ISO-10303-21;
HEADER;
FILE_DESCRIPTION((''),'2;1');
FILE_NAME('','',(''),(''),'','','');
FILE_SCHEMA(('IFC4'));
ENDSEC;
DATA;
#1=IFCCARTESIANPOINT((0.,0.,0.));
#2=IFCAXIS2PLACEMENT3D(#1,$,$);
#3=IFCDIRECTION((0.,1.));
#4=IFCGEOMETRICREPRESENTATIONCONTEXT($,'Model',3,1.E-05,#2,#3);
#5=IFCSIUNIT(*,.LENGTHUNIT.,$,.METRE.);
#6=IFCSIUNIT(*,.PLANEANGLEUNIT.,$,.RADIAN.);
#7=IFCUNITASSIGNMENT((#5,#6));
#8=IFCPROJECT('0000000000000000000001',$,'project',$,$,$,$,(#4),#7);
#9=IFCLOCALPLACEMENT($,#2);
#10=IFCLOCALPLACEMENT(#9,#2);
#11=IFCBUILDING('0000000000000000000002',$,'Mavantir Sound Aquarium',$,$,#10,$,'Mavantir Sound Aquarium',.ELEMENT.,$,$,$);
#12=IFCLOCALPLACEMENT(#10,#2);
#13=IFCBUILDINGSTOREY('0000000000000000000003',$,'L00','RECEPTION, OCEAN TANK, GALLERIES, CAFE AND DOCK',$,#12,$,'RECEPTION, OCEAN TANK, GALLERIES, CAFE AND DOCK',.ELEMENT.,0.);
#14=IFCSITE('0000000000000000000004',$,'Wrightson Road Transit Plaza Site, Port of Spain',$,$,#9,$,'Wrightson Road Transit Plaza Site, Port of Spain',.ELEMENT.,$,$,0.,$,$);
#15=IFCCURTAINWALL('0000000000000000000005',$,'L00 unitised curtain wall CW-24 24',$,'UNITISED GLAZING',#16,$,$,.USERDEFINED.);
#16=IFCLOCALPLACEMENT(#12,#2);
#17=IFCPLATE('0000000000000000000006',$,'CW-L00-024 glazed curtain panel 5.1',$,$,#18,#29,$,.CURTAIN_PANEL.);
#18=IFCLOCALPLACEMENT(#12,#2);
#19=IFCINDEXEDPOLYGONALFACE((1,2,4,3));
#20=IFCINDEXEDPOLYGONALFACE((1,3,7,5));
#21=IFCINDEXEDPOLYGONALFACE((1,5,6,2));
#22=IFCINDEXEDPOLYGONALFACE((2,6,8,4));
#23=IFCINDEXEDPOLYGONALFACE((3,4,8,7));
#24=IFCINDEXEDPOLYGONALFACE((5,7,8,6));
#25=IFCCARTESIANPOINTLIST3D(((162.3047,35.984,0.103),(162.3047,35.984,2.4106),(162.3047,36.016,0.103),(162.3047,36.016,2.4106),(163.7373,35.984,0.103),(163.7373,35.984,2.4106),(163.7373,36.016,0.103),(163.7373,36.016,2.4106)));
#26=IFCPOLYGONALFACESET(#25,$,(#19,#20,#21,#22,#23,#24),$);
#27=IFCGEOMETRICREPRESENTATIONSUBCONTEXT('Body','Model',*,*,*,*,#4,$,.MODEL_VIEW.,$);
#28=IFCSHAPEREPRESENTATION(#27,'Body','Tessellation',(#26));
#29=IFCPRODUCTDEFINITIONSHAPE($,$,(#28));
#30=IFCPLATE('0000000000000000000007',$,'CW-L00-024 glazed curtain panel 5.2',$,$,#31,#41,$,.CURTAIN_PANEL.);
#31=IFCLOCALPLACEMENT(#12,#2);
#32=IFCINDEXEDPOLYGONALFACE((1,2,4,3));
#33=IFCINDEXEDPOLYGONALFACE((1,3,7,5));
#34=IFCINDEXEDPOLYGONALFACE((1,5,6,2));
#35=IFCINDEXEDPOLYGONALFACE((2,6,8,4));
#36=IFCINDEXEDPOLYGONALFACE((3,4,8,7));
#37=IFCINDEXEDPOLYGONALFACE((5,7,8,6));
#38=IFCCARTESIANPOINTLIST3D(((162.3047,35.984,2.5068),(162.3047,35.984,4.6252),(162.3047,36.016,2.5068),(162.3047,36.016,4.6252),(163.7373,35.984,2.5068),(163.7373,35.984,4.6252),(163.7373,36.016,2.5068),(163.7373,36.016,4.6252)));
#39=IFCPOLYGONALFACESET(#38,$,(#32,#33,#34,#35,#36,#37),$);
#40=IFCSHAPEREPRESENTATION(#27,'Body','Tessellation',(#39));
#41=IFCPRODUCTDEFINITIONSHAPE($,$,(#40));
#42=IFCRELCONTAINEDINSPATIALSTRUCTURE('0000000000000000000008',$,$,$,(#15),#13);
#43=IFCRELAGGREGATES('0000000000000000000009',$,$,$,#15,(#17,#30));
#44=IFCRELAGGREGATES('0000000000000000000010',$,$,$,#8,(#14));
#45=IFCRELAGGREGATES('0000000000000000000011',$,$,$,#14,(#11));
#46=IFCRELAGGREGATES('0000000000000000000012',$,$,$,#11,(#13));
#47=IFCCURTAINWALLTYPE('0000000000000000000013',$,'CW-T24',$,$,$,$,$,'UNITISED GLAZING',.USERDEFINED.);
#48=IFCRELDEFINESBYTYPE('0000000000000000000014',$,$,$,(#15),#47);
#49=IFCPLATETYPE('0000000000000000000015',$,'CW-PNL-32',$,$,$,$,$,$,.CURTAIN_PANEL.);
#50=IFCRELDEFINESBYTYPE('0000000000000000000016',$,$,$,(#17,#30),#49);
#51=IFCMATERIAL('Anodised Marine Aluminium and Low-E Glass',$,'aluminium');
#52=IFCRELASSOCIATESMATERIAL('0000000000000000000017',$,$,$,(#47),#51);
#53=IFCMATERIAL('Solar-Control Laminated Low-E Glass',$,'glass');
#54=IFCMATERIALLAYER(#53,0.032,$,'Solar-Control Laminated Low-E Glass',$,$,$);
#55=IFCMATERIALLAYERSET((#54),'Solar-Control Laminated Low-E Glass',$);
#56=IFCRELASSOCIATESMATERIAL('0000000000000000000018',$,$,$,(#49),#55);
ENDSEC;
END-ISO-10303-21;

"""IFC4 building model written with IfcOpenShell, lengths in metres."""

from ifc_helpers import new_model, si_unit, direction, frame, origin, origin_2d, place, context, subcontext, project, spatial, rectangle, extrude, material, layer, layer_set, type_object, element, aggregate, save


model = new_model("IFC4")

# Units and contexts
model_context = context("Model", 3, precision=1e-05, world=origin(), true_north=direction((0.0, 1.0)))
body_context = subcontext(model_context, "Body", "Model", "MODEL_VIEW")
ifc_project = project(units=[si_unit("LENGTHUNIT", "METRE"), si_unit("PLANEANGLEUNIT", "RADIAN")], contexts=[model_context])

# Site, building, storey
site_placement = place(None, origin())
site = spatial("IfcSite", under=ifc_project, at=site_placement, Name="Wrightson Road Transit Plaza Site, Port of Spain", LongName="Wrightson Road Transit Plaza Site, Port of Spain", CompositionType="ELEMENT", RefElevation=0.0)
building_placement = place(site_placement, origin())
building = spatial("IfcBuilding", under=site, at=building_placement, Name="Mavantir Sound Aquarium", LongName="Mavantir Sound Aquarium", CompositionType="ELEMENT")
storey_placement = place(building_placement, origin())
storey = spatial("IfcBuildingStorey", under=building, at=storey_placement, Name="L00", Description="RECEPTION, OCEAN TANK, GALLERIES, CAFE AND DOCK", LongName="RECEPTION, OCEAN TANK, GALLERIES, CAFE AND DOCK", CompositionType="ELEMENT", Elevation=0.0)

# Curtain wall, plates
ifc_material_1 = material(Name="Anodised Marine Aluminium and Low-E Glass", Category="aluminium")
curtain_wall_type = type_object("IfcCurtainWallType", Name="CW-T24", ElementType="UNITISED GLAZING", PredefinedType="USERDEFINED", material=ifc_material_1)
curtain_wall_placement = place(storey_placement, origin())
curtain_wall = element("IfcCurtainWall", 1, at=curtain_wall_placement, inside=storey, type_object=curtain_wall_type, Name="L00 unitised curtain wall CW-24 24", ObjectType="UNITISED GLAZING", PredefinedType="USERDEFINED")
ifc_material_2 = material(Name="Solar-Control Laminated Low-E Glass", Category="glass")
ifc_layer = layer(ifc_material_2, 0.032, Name="Solar-Control Laminated Low-E Glass")
ifc_layer_set = layer_set([ifc_layer], Name="Solar-Control Laminated Low-E Glass")
plate_type = type_object("IfcPlateType", Name="CW-PNL-32", PredefinedType="CURTAIN_PANEL", material=ifc_layer_set)
plate_1_placement = place(storey_placement, frame((163.021, 36.0, 0.103), z_axis=(0.0, 0.0, 1.0), x_axis=(1.0, 0.0, 0.0)))
plate_1 = element("IfcPlate", 2, at=plate_1_placement, type_object=plate_type, Name="CW-L00-024 glazed curtain panel 5.1", PredefinedType="CURTAIN_PANEL", context=body_context, shape_type="SweptSolid", body=[
    extrude(rectangle(XDim=1.4326, YDim=0.032, at=origin_2d()), origin(), (0.0, 0.0, 1.0), 2.3076),
])
plate_2_placement = place(storey_placement, frame((163.021, 36.0, 2.5068), z_axis=(0.0, 0.0, 1.0), x_axis=(1.0, 0.0, 0.0)))
plate_2 = element("IfcPlate", 3, at=plate_2_placement, type_object=plate_type, Name="CW-L00-024 glazed curtain panel 5.2", PredefinedType="CURTAIN_PANEL", context=body_context, shape_type="SweptSolid", body=[
    extrude(rectangle(XDim=1.4326, YDim=0.032, at=origin_2d()), origin(), (0.0, 0.0, 1.0), 2.1184),
])
aggregate(curtain_wall, [plate_1, plate_2])

save(model, "model.ifc")
